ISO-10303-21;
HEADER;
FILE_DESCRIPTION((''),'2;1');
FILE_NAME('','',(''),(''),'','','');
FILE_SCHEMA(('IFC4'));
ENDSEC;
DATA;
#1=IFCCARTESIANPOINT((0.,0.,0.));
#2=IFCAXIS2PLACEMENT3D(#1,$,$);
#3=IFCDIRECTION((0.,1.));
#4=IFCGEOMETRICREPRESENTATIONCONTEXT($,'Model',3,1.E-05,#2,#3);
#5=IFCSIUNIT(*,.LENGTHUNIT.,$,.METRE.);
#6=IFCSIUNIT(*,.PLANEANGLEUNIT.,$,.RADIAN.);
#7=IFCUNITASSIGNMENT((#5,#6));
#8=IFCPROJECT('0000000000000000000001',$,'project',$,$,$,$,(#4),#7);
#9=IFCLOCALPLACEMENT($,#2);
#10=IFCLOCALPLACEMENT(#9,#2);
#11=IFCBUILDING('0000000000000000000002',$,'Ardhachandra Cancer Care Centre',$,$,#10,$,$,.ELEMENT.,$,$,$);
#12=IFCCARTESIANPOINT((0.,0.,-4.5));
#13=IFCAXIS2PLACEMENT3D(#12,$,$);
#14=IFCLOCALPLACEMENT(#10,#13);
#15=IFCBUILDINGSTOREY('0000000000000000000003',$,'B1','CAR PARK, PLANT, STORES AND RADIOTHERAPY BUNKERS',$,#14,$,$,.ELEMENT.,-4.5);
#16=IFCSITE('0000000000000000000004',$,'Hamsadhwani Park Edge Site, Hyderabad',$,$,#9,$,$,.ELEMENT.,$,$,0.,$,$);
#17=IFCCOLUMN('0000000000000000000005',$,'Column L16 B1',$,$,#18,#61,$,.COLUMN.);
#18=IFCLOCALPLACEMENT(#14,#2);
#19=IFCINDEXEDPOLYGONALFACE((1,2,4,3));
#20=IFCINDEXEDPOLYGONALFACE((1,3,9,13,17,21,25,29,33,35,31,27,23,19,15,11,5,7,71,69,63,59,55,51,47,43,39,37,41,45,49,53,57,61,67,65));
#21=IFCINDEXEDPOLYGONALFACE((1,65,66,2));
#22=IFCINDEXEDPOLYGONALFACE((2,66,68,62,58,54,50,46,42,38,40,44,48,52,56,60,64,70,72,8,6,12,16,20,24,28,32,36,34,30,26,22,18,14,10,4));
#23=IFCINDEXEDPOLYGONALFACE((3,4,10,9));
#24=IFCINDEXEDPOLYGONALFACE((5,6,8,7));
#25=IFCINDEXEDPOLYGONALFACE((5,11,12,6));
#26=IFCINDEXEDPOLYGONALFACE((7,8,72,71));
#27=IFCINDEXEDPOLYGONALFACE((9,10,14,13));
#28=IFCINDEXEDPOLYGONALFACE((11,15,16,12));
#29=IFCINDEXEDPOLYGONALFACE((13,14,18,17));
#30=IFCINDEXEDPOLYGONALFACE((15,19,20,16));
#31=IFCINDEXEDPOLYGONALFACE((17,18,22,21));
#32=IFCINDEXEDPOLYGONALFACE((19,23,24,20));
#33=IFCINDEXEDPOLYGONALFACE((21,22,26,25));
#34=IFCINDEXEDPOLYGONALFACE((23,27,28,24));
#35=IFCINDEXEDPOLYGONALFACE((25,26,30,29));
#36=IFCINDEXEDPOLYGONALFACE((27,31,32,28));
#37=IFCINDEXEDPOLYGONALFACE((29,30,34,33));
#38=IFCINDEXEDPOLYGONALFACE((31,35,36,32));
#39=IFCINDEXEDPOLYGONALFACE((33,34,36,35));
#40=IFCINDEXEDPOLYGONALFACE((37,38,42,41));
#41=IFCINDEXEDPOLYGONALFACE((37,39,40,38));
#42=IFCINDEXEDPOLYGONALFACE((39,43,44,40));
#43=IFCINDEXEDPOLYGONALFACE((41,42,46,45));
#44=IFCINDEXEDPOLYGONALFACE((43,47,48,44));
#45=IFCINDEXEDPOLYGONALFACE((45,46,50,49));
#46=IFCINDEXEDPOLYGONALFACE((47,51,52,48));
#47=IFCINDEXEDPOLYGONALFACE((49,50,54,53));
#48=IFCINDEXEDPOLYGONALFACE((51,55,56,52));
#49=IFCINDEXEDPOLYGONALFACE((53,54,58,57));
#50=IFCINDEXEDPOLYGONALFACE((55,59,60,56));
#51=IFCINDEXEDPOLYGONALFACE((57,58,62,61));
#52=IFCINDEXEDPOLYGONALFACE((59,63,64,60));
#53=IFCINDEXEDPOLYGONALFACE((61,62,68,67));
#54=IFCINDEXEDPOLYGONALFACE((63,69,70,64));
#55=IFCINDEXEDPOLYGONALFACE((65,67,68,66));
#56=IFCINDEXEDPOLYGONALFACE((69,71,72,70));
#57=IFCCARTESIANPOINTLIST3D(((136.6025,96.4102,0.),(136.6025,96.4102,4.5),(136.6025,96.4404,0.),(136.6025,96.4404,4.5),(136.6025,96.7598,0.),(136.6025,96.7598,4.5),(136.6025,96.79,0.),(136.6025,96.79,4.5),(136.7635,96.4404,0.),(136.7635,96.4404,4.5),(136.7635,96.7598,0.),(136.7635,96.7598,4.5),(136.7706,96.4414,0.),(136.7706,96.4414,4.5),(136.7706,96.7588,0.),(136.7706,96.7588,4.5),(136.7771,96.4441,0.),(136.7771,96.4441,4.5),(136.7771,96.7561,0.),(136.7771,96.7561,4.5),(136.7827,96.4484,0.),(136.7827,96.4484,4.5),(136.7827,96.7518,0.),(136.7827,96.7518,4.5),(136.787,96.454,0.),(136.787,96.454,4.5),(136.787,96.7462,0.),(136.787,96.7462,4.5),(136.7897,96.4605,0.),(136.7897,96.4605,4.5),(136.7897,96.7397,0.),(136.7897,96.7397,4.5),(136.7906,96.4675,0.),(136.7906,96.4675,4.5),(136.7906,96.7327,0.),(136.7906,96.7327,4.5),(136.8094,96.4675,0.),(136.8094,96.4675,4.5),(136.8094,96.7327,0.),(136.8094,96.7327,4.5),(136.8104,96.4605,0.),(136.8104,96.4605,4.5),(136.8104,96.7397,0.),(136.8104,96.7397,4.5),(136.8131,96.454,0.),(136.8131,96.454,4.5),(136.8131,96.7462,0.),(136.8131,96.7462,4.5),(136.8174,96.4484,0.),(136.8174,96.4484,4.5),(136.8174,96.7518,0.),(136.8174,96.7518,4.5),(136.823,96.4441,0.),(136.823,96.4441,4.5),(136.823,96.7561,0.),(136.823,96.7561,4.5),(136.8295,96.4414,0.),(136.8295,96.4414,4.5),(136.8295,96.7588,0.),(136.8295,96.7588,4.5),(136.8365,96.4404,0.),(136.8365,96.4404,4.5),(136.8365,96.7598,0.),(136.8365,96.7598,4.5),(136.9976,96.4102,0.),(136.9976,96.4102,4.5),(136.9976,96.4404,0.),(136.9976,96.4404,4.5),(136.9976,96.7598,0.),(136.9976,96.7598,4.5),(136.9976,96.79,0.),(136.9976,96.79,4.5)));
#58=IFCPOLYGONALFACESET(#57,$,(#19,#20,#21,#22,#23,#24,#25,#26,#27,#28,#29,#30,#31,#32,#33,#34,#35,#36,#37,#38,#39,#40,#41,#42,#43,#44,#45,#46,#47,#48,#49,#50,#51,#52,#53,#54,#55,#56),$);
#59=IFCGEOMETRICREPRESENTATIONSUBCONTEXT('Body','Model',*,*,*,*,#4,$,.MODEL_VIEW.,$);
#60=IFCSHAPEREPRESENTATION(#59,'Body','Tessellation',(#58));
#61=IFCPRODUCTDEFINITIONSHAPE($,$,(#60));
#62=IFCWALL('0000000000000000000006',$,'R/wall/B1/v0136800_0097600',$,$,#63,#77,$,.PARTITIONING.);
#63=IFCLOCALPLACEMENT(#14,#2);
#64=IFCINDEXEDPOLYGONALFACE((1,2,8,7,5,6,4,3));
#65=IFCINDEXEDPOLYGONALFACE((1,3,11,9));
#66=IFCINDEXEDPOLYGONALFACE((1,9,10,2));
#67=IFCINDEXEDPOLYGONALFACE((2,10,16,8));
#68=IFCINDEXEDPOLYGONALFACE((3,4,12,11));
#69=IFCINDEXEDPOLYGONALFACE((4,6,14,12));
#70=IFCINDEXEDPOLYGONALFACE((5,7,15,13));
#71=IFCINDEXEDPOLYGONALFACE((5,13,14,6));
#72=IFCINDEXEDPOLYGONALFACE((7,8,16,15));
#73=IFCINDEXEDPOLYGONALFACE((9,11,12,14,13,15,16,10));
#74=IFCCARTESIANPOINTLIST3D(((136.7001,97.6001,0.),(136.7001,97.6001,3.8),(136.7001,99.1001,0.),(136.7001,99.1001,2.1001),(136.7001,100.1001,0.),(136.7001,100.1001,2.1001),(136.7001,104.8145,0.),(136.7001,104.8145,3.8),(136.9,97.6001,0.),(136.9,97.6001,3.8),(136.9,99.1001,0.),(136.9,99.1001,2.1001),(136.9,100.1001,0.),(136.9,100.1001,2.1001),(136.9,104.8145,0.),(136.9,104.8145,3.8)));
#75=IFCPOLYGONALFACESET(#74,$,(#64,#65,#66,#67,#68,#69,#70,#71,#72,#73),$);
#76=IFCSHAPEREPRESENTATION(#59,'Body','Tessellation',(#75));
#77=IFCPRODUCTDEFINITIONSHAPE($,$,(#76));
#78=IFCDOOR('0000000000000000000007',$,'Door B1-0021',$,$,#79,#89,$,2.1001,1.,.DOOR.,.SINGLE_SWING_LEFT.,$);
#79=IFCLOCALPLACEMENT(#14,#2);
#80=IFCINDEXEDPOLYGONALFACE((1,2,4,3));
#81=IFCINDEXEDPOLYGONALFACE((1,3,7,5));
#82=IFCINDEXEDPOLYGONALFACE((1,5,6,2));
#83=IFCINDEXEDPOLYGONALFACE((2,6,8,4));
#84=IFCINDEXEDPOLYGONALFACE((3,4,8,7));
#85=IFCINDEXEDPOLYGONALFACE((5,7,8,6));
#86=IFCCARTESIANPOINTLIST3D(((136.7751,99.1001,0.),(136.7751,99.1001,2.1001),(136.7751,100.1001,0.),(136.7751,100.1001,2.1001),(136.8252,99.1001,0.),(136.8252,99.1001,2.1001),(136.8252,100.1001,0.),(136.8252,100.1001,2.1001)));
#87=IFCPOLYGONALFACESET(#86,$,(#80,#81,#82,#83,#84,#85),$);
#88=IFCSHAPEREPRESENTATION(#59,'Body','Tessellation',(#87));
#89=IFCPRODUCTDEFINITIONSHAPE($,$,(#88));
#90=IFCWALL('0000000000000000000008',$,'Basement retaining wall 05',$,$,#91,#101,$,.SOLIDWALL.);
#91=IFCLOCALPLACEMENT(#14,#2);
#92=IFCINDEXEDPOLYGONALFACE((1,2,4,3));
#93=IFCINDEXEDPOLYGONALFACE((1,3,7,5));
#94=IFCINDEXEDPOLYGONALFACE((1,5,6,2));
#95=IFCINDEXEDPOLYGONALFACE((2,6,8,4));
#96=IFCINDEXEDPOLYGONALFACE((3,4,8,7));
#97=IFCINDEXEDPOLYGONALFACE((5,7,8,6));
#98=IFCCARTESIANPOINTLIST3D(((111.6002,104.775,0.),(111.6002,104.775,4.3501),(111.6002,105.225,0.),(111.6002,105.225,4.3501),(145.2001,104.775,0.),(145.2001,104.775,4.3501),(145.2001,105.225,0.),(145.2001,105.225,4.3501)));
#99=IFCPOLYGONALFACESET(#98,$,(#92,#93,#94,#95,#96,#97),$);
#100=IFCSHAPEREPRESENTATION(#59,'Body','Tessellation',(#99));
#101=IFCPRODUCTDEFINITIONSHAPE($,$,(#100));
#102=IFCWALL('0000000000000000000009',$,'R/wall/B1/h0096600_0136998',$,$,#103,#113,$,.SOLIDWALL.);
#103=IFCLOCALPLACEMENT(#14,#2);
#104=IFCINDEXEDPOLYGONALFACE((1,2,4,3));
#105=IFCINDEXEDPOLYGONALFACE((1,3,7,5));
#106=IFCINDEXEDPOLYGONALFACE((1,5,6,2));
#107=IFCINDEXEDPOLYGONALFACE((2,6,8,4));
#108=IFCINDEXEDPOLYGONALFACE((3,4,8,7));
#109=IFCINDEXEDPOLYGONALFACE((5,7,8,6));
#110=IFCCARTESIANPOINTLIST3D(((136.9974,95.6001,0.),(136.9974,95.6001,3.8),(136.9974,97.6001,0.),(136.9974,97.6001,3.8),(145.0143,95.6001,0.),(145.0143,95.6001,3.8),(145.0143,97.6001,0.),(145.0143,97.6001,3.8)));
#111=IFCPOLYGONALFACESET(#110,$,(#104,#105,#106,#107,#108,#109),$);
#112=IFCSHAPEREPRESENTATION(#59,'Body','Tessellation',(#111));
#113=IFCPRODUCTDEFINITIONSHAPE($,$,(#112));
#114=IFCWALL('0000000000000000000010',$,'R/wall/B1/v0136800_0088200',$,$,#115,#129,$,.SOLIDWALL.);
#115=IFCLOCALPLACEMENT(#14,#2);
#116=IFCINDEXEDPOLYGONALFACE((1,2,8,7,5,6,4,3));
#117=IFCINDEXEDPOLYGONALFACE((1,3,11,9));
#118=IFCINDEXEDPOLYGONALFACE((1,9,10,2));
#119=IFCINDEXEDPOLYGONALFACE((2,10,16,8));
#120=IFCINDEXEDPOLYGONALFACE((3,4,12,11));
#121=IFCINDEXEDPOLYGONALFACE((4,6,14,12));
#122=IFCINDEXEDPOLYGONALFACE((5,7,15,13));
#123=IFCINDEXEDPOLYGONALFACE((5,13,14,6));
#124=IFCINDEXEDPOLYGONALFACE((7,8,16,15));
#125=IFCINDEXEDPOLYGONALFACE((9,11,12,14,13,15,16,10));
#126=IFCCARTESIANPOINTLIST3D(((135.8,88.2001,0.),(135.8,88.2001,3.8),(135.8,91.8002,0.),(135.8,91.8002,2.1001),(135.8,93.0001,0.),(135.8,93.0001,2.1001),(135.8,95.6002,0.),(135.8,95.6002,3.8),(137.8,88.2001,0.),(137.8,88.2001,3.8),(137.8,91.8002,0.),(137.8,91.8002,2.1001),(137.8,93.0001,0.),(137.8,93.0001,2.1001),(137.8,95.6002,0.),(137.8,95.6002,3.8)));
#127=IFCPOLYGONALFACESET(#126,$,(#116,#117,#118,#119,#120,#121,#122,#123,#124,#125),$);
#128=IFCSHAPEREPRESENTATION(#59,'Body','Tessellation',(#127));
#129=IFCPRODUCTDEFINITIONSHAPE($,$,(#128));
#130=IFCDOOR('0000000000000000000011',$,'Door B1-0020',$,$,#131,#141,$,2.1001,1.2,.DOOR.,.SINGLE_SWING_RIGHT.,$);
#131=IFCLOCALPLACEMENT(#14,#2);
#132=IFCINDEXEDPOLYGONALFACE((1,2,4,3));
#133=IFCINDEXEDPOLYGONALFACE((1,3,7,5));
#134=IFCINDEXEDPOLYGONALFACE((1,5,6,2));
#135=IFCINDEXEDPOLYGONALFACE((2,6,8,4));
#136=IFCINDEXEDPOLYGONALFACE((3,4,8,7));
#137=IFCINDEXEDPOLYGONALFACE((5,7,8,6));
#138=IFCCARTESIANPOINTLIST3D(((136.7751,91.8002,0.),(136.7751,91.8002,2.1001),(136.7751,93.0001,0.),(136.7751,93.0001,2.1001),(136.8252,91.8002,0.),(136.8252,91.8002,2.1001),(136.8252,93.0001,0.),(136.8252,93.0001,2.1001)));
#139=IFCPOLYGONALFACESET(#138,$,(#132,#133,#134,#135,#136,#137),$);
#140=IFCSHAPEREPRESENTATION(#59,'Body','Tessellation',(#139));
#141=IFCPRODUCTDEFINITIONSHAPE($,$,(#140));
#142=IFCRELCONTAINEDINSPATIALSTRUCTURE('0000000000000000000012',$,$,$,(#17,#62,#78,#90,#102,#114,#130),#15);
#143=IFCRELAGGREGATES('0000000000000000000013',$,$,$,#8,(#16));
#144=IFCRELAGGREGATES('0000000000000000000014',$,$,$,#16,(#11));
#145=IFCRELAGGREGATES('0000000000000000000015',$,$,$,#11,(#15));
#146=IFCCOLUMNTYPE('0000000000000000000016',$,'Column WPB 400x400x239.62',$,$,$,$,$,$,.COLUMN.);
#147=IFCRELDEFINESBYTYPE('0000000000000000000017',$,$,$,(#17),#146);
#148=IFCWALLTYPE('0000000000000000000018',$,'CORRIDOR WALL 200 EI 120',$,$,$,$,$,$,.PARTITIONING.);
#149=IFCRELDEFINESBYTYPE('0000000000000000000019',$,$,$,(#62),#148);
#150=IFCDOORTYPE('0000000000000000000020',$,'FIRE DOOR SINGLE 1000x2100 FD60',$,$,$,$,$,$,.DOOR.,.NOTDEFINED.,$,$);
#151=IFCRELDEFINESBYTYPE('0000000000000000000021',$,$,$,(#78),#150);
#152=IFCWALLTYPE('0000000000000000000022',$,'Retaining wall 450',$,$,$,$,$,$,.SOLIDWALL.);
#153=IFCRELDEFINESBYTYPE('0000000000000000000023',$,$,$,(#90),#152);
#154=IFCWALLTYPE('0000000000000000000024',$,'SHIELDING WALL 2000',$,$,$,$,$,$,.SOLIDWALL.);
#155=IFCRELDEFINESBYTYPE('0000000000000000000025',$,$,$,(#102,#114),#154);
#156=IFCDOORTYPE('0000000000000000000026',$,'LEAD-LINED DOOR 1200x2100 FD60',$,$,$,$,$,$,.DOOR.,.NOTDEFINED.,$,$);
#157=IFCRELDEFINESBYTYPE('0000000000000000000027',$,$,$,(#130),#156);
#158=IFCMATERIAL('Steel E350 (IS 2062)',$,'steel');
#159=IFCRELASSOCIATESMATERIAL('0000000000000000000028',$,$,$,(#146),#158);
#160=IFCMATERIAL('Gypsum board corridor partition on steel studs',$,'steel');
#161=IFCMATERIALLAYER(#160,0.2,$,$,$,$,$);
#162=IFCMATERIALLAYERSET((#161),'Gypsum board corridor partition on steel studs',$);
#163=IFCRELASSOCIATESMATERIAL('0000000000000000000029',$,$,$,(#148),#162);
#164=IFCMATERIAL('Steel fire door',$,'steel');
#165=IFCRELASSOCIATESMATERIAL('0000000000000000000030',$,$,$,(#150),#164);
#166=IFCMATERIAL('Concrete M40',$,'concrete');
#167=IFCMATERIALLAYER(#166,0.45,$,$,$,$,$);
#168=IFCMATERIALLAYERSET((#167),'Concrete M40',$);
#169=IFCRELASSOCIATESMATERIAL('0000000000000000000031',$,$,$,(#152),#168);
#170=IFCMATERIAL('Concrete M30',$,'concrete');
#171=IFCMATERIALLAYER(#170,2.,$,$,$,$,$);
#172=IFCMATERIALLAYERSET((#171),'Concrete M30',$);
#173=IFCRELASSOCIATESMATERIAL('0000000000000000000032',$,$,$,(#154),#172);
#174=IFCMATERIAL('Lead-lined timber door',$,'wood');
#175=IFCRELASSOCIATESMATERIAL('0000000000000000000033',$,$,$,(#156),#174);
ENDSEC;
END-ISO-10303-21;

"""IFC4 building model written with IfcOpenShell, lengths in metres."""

from ifc_helpers import new_model, si_unit, direction, frame, frame_2d, origin, origin_2d, place, context, subcontext, project, spatial, rectangle, i_section, extrude, material, layer, layer_set, material_profile, profile_set, type_object, element, fill, save


model = new_model("IFC4")

# Units and contexts
model_context = context("Model", 3, precision=1e-05, world=origin(), true_north=direction((0.0, 1.0)))
body_context = subcontext(model_context, "Body", "Model", "MODEL_VIEW")
ifc_project = project(units=[si_unit("LENGTHUNIT", "METRE"), si_unit("PLANEANGLEUNIT", "RADIAN")], contexts=[model_context])

# Site, building, storey
site_placement = place(None, origin())
site = spatial("IfcSite", under=ifc_project, at=site_placement, Name="Hamsadhwani Park Edge Site, Hyderabad", CompositionType="ELEMENT", RefElevation=0.0)
building_placement = place(site_placement, origin())
building = spatial("IfcBuilding", under=site, at=building_placement, Name="Ardhachandra Cancer Care Centre", CompositionType="ELEMENT")
storey_placement = place(building_placement, frame((0.0, 0.0, -4.5)))
storey = spatial("IfcBuildingStorey", under=building, at=storey_placement, Name="B1", Description="CAR PARK, PLANT, STORES AND RADIOTHERAPY BUNKERS", CompositionType="ELEMENT", Elevation=-4.5)

# Column
ifc_material_1 = material(Name="Steel E350 (IS 2062)", Category="steel")
ifc_material_profile_1 = material_profile(ifc_material_1, i_section(OverallWidth=0.395, OverallDepth=0.3799, WebThickness=0.0188, FlangeThickness=0.0303, FilletRadius=0.0271, at=origin_2d()), Name="WPB 400x400x239.62")
ifc_profile_set_1 = profile_set([ifc_material_profile_1], Name="Steel E350 (IS 2062)")
column_type_1 = type_object("IfcColumnType", Name="Column WPB 400x400x239.62", PredefinedType="COLUMN", material=ifc_profile_set_1)
column_placement = place(storey_placement, frame((136.8, 96.6001, 0.0), z_axis=(0.0, 0.0, 1.0), x_axis=(1.0, 0.0, 0.0)))
element("IfcColumn", 1, at=column_placement, inside=storey, type_object=column_type_1, Name="Column L16 B1", PredefinedType="COLUMN", context=body_context, shape_type="SweptSolid", body=[
    extrude(i_section(OverallWidth=0.395, OverallDepth=0.3799, WebThickness=0.0188, FlangeThickness=0.0303, FilletRadius=0.0271, at=origin_2d()), origin(), (0.0, 0.0, 1.0), 4.5),
])

# Wall, opening, door
ifc_material_2 = material(Name="Gypsum board corridor partition on steel studs", Category="steel")
ifc_layer_1 = layer(ifc_material_2, 0.2)
ifc_layer_set_1 = layer_set([ifc_layer_1], Name="Gypsum board corridor partition on steel studs")
wall_type_1 = type_object("IfcWallType", Name="CORRIDOR WALL 200 EI 120", PredefinedType="PARTITIONING", material=ifc_layer_set_1)
wall_1_placement = place(storey_placement, frame((136.8, 97.6001, 0.0), z_axis=(0.0, 0.0, 1.0), x_axis=(0.0, 1.0, 0.0)))
wall_1 = element("IfcWall", 2, at=wall_1_placement, inside=storey, type_object=wall_type_1, Name="R/wall/B1/v0136800_0097600", PredefinedType="PARTITIONING", context=body_context, shape_type="SweptSolid", body=[
    extrude(rectangle(XDim=7.2144, YDim=0.2, at=frame_2d((3.6072, 0.0))), origin(), (0.0, 0.0, 1.0), 3.8),
])
opening_1_placement = place(wall_1_placement, frame((1.5, 0.0, 0.0)))
opening_1 = element("IfcOpeningElement", 3, at=opening_1_placement, cuts=wall_1, PredefinedType="OPENING", context=body_context, shape_type="SweptSolid", body=[
    extrude(rectangle(XDim=1.0, YDim=2.1001, at=frame_2d((0.5, 1.05))), frame((0.0, 0.1099, 0.0), z_axis=(0.0, -1.0, 0.0), x_axis=(1.0, 0.0, 0.0)), (0.0, 0.0, 1.0), 0.22),
])
ifc_material_3 = material(Name="Steel fire door", Category="steel")
door_type_1 = type_object("IfcDoorType", Name="FIRE DOOR SINGLE 1000x2100 FD60", OperationType="NOTDEFINED", PredefinedType="DOOR", material=ifc_material_3)
door_1_placement = place(opening_1_placement, origin())
door_1 = element("IfcDoor", 4, at=door_1_placement, inside=storey, type_object=door_type_1, Name="Door B1-0021", OperationType="SINGLE_SWING_LEFT", OverallHeight=2.1001, OverallWidth=1.0, PredefinedType="DOOR", context=body_context, shape_type="SweptSolid", body=[
    extrude(rectangle(XDim=1.0, YDim=2.1001, at=frame_2d((0.5, 1.05))), frame((0.0, 0.0249, 0.0), z_axis=(0.0, -1.0, 0.0), x_axis=(1.0, 0.0, 0.0)), (0.0, 0.0, 1.0), 0.05),
])
fill(opening_1, door_1)

# Walls
ifc_material_4 = material(Name="Concrete M40", Category="concrete")
ifc_layer_2 = layer(ifc_material_4, 0.45)
ifc_layer_set_2 = layer_set([ifc_layer_2], Name="Concrete M40")
wall_type_2 = type_object("IfcWallType", Name="Retaining wall 450", PredefinedType="SOLIDWALL", material=ifc_layer_set_2)
wall_2_placement = place(storey_placement, frame((145.2, 105.0, 0.0), z_axis=(0.0, 0.0, 1.0), x_axis=(-1.0, 0.0, 0.0)))
element("IfcWall", 5, at=wall_2_placement, inside=storey, type_object=wall_type_2, Name="Basement retaining wall 05", PredefinedType="SOLIDWALL", context=body_context, shape_type="SweptSolid", body=[
    extrude(rectangle(XDim=33.5999, YDim=0.45, at=frame_2d((16.7998, 0.0))), origin(), (0.0, 0.0, 1.0), 4.3501),
])
ifc_material_5 = material(Name="Concrete M30", Category="concrete")
ifc_layer_3 = layer(ifc_material_5, 2.0)
ifc_layer_set_3 = layer_set([ifc_layer_3], Name="Concrete M30")
wall_type_3 = type_object("IfcWallType", Name="SHIELDING WALL 2000", PredefinedType="SOLIDWALL", material=ifc_layer_set_3)
wall_3_placement = place(storey_placement, frame((136.9976, 96.6001, 0.0), z_axis=(0.0, 0.0, 1.0), x_axis=(1.0, 0.0, 0.0)))
element("IfcWall", 6, at=wall_3_placement, inside=storey, type_object=wall_type_3, Name="R/wall/B1/h0096600_0136998", PredefinedType="SOLIDWALL", context=body_context, shape_type="SweptSolid", body=[
    extrude(rectangle(XDim=8.0168, YDim=2.0, at=frame_2d((4.0083, 0.0))), origin(), (0.0, 0.0, 1.0), 3.8),
])

# Wall, opening, door
wall_4_placement = place(storey_placement, frame((136.8, 88.2, 0.0), z_axis=(0.0, 0.0, 1.0), x_axis=(0.0, 1.0, 0.0)))
wall_4 = element("IfcWall", 7, at=wall_4_placement, inside=storey, type_object=wall_type_3, Name="R/wall/B1/v0136800_0088200", PredefinedType="SOLIDWALL", context=body_context, shape_type="SweptSolid", body=[
    extrude(rectangle(XDim=7.4001, YDim=2.0, at=frame_2d((3.7002, 0.0))), origin(), (0.0, 0.0, 1.0), 3.8),
])
opening_2_placement = place(wall_4_placement, frame((3.6001, 0.0, 0.0)))
opening_2 = element("IfcOpeningElement", 8, at=opening_2_placement, cuts=wall_4, PredefinedType="OPENING", context=body_context, shape_type="SweptSolid", body=[
    extrude(rectangle(XDim=1.2, YDim=2.1001, at=frame_2d((0.6001, 1.05))), frame((0.0, 1.01, 0.0), z_axis=(0.0, -1.0, 0.0), x_axis=(1.0, 0.0, 0.0)), (0.0, 0.0, 1.0), 2.02),
])
ifc_material_6 = material(Name="Lead-lined timber door", Category="wood")
door_type_2 = type_object("IfcDoorType", Name="LEAD-LINED DOOR 1200x2100 FD60", OperationType="NOTDEFINED", PredefinedType="DOOR", material=ifc_material_6)
door_2_placement = place(opening_2_placement, origin())
door_2 = element("IfcDoor", 9, at=door_2_placement, inside=storey, type_object=door_type_2, Name="Door B1-0020", OperationType="SINGLE_SWING_RIGHT", OverallHeight=2.1001, OverallWidth=1.2, PredefinedType="DOOR", context=body_context, shape_type="SweptSolid", body=[
    extrude(rectangle(XDim=1.2, YDim=2.1001, at=frame_2d((0.6001, 1.05))), frame((0.0, 0.0249, 0.0), z_axis=(0.0, -1.0, 0.0), x_axis=(1.0, 0.0, 0.0)), (0.0, 0.0, 1.0), 0.05),
])
fill(opening_2, door_2)

save(model, "model.ifc")
